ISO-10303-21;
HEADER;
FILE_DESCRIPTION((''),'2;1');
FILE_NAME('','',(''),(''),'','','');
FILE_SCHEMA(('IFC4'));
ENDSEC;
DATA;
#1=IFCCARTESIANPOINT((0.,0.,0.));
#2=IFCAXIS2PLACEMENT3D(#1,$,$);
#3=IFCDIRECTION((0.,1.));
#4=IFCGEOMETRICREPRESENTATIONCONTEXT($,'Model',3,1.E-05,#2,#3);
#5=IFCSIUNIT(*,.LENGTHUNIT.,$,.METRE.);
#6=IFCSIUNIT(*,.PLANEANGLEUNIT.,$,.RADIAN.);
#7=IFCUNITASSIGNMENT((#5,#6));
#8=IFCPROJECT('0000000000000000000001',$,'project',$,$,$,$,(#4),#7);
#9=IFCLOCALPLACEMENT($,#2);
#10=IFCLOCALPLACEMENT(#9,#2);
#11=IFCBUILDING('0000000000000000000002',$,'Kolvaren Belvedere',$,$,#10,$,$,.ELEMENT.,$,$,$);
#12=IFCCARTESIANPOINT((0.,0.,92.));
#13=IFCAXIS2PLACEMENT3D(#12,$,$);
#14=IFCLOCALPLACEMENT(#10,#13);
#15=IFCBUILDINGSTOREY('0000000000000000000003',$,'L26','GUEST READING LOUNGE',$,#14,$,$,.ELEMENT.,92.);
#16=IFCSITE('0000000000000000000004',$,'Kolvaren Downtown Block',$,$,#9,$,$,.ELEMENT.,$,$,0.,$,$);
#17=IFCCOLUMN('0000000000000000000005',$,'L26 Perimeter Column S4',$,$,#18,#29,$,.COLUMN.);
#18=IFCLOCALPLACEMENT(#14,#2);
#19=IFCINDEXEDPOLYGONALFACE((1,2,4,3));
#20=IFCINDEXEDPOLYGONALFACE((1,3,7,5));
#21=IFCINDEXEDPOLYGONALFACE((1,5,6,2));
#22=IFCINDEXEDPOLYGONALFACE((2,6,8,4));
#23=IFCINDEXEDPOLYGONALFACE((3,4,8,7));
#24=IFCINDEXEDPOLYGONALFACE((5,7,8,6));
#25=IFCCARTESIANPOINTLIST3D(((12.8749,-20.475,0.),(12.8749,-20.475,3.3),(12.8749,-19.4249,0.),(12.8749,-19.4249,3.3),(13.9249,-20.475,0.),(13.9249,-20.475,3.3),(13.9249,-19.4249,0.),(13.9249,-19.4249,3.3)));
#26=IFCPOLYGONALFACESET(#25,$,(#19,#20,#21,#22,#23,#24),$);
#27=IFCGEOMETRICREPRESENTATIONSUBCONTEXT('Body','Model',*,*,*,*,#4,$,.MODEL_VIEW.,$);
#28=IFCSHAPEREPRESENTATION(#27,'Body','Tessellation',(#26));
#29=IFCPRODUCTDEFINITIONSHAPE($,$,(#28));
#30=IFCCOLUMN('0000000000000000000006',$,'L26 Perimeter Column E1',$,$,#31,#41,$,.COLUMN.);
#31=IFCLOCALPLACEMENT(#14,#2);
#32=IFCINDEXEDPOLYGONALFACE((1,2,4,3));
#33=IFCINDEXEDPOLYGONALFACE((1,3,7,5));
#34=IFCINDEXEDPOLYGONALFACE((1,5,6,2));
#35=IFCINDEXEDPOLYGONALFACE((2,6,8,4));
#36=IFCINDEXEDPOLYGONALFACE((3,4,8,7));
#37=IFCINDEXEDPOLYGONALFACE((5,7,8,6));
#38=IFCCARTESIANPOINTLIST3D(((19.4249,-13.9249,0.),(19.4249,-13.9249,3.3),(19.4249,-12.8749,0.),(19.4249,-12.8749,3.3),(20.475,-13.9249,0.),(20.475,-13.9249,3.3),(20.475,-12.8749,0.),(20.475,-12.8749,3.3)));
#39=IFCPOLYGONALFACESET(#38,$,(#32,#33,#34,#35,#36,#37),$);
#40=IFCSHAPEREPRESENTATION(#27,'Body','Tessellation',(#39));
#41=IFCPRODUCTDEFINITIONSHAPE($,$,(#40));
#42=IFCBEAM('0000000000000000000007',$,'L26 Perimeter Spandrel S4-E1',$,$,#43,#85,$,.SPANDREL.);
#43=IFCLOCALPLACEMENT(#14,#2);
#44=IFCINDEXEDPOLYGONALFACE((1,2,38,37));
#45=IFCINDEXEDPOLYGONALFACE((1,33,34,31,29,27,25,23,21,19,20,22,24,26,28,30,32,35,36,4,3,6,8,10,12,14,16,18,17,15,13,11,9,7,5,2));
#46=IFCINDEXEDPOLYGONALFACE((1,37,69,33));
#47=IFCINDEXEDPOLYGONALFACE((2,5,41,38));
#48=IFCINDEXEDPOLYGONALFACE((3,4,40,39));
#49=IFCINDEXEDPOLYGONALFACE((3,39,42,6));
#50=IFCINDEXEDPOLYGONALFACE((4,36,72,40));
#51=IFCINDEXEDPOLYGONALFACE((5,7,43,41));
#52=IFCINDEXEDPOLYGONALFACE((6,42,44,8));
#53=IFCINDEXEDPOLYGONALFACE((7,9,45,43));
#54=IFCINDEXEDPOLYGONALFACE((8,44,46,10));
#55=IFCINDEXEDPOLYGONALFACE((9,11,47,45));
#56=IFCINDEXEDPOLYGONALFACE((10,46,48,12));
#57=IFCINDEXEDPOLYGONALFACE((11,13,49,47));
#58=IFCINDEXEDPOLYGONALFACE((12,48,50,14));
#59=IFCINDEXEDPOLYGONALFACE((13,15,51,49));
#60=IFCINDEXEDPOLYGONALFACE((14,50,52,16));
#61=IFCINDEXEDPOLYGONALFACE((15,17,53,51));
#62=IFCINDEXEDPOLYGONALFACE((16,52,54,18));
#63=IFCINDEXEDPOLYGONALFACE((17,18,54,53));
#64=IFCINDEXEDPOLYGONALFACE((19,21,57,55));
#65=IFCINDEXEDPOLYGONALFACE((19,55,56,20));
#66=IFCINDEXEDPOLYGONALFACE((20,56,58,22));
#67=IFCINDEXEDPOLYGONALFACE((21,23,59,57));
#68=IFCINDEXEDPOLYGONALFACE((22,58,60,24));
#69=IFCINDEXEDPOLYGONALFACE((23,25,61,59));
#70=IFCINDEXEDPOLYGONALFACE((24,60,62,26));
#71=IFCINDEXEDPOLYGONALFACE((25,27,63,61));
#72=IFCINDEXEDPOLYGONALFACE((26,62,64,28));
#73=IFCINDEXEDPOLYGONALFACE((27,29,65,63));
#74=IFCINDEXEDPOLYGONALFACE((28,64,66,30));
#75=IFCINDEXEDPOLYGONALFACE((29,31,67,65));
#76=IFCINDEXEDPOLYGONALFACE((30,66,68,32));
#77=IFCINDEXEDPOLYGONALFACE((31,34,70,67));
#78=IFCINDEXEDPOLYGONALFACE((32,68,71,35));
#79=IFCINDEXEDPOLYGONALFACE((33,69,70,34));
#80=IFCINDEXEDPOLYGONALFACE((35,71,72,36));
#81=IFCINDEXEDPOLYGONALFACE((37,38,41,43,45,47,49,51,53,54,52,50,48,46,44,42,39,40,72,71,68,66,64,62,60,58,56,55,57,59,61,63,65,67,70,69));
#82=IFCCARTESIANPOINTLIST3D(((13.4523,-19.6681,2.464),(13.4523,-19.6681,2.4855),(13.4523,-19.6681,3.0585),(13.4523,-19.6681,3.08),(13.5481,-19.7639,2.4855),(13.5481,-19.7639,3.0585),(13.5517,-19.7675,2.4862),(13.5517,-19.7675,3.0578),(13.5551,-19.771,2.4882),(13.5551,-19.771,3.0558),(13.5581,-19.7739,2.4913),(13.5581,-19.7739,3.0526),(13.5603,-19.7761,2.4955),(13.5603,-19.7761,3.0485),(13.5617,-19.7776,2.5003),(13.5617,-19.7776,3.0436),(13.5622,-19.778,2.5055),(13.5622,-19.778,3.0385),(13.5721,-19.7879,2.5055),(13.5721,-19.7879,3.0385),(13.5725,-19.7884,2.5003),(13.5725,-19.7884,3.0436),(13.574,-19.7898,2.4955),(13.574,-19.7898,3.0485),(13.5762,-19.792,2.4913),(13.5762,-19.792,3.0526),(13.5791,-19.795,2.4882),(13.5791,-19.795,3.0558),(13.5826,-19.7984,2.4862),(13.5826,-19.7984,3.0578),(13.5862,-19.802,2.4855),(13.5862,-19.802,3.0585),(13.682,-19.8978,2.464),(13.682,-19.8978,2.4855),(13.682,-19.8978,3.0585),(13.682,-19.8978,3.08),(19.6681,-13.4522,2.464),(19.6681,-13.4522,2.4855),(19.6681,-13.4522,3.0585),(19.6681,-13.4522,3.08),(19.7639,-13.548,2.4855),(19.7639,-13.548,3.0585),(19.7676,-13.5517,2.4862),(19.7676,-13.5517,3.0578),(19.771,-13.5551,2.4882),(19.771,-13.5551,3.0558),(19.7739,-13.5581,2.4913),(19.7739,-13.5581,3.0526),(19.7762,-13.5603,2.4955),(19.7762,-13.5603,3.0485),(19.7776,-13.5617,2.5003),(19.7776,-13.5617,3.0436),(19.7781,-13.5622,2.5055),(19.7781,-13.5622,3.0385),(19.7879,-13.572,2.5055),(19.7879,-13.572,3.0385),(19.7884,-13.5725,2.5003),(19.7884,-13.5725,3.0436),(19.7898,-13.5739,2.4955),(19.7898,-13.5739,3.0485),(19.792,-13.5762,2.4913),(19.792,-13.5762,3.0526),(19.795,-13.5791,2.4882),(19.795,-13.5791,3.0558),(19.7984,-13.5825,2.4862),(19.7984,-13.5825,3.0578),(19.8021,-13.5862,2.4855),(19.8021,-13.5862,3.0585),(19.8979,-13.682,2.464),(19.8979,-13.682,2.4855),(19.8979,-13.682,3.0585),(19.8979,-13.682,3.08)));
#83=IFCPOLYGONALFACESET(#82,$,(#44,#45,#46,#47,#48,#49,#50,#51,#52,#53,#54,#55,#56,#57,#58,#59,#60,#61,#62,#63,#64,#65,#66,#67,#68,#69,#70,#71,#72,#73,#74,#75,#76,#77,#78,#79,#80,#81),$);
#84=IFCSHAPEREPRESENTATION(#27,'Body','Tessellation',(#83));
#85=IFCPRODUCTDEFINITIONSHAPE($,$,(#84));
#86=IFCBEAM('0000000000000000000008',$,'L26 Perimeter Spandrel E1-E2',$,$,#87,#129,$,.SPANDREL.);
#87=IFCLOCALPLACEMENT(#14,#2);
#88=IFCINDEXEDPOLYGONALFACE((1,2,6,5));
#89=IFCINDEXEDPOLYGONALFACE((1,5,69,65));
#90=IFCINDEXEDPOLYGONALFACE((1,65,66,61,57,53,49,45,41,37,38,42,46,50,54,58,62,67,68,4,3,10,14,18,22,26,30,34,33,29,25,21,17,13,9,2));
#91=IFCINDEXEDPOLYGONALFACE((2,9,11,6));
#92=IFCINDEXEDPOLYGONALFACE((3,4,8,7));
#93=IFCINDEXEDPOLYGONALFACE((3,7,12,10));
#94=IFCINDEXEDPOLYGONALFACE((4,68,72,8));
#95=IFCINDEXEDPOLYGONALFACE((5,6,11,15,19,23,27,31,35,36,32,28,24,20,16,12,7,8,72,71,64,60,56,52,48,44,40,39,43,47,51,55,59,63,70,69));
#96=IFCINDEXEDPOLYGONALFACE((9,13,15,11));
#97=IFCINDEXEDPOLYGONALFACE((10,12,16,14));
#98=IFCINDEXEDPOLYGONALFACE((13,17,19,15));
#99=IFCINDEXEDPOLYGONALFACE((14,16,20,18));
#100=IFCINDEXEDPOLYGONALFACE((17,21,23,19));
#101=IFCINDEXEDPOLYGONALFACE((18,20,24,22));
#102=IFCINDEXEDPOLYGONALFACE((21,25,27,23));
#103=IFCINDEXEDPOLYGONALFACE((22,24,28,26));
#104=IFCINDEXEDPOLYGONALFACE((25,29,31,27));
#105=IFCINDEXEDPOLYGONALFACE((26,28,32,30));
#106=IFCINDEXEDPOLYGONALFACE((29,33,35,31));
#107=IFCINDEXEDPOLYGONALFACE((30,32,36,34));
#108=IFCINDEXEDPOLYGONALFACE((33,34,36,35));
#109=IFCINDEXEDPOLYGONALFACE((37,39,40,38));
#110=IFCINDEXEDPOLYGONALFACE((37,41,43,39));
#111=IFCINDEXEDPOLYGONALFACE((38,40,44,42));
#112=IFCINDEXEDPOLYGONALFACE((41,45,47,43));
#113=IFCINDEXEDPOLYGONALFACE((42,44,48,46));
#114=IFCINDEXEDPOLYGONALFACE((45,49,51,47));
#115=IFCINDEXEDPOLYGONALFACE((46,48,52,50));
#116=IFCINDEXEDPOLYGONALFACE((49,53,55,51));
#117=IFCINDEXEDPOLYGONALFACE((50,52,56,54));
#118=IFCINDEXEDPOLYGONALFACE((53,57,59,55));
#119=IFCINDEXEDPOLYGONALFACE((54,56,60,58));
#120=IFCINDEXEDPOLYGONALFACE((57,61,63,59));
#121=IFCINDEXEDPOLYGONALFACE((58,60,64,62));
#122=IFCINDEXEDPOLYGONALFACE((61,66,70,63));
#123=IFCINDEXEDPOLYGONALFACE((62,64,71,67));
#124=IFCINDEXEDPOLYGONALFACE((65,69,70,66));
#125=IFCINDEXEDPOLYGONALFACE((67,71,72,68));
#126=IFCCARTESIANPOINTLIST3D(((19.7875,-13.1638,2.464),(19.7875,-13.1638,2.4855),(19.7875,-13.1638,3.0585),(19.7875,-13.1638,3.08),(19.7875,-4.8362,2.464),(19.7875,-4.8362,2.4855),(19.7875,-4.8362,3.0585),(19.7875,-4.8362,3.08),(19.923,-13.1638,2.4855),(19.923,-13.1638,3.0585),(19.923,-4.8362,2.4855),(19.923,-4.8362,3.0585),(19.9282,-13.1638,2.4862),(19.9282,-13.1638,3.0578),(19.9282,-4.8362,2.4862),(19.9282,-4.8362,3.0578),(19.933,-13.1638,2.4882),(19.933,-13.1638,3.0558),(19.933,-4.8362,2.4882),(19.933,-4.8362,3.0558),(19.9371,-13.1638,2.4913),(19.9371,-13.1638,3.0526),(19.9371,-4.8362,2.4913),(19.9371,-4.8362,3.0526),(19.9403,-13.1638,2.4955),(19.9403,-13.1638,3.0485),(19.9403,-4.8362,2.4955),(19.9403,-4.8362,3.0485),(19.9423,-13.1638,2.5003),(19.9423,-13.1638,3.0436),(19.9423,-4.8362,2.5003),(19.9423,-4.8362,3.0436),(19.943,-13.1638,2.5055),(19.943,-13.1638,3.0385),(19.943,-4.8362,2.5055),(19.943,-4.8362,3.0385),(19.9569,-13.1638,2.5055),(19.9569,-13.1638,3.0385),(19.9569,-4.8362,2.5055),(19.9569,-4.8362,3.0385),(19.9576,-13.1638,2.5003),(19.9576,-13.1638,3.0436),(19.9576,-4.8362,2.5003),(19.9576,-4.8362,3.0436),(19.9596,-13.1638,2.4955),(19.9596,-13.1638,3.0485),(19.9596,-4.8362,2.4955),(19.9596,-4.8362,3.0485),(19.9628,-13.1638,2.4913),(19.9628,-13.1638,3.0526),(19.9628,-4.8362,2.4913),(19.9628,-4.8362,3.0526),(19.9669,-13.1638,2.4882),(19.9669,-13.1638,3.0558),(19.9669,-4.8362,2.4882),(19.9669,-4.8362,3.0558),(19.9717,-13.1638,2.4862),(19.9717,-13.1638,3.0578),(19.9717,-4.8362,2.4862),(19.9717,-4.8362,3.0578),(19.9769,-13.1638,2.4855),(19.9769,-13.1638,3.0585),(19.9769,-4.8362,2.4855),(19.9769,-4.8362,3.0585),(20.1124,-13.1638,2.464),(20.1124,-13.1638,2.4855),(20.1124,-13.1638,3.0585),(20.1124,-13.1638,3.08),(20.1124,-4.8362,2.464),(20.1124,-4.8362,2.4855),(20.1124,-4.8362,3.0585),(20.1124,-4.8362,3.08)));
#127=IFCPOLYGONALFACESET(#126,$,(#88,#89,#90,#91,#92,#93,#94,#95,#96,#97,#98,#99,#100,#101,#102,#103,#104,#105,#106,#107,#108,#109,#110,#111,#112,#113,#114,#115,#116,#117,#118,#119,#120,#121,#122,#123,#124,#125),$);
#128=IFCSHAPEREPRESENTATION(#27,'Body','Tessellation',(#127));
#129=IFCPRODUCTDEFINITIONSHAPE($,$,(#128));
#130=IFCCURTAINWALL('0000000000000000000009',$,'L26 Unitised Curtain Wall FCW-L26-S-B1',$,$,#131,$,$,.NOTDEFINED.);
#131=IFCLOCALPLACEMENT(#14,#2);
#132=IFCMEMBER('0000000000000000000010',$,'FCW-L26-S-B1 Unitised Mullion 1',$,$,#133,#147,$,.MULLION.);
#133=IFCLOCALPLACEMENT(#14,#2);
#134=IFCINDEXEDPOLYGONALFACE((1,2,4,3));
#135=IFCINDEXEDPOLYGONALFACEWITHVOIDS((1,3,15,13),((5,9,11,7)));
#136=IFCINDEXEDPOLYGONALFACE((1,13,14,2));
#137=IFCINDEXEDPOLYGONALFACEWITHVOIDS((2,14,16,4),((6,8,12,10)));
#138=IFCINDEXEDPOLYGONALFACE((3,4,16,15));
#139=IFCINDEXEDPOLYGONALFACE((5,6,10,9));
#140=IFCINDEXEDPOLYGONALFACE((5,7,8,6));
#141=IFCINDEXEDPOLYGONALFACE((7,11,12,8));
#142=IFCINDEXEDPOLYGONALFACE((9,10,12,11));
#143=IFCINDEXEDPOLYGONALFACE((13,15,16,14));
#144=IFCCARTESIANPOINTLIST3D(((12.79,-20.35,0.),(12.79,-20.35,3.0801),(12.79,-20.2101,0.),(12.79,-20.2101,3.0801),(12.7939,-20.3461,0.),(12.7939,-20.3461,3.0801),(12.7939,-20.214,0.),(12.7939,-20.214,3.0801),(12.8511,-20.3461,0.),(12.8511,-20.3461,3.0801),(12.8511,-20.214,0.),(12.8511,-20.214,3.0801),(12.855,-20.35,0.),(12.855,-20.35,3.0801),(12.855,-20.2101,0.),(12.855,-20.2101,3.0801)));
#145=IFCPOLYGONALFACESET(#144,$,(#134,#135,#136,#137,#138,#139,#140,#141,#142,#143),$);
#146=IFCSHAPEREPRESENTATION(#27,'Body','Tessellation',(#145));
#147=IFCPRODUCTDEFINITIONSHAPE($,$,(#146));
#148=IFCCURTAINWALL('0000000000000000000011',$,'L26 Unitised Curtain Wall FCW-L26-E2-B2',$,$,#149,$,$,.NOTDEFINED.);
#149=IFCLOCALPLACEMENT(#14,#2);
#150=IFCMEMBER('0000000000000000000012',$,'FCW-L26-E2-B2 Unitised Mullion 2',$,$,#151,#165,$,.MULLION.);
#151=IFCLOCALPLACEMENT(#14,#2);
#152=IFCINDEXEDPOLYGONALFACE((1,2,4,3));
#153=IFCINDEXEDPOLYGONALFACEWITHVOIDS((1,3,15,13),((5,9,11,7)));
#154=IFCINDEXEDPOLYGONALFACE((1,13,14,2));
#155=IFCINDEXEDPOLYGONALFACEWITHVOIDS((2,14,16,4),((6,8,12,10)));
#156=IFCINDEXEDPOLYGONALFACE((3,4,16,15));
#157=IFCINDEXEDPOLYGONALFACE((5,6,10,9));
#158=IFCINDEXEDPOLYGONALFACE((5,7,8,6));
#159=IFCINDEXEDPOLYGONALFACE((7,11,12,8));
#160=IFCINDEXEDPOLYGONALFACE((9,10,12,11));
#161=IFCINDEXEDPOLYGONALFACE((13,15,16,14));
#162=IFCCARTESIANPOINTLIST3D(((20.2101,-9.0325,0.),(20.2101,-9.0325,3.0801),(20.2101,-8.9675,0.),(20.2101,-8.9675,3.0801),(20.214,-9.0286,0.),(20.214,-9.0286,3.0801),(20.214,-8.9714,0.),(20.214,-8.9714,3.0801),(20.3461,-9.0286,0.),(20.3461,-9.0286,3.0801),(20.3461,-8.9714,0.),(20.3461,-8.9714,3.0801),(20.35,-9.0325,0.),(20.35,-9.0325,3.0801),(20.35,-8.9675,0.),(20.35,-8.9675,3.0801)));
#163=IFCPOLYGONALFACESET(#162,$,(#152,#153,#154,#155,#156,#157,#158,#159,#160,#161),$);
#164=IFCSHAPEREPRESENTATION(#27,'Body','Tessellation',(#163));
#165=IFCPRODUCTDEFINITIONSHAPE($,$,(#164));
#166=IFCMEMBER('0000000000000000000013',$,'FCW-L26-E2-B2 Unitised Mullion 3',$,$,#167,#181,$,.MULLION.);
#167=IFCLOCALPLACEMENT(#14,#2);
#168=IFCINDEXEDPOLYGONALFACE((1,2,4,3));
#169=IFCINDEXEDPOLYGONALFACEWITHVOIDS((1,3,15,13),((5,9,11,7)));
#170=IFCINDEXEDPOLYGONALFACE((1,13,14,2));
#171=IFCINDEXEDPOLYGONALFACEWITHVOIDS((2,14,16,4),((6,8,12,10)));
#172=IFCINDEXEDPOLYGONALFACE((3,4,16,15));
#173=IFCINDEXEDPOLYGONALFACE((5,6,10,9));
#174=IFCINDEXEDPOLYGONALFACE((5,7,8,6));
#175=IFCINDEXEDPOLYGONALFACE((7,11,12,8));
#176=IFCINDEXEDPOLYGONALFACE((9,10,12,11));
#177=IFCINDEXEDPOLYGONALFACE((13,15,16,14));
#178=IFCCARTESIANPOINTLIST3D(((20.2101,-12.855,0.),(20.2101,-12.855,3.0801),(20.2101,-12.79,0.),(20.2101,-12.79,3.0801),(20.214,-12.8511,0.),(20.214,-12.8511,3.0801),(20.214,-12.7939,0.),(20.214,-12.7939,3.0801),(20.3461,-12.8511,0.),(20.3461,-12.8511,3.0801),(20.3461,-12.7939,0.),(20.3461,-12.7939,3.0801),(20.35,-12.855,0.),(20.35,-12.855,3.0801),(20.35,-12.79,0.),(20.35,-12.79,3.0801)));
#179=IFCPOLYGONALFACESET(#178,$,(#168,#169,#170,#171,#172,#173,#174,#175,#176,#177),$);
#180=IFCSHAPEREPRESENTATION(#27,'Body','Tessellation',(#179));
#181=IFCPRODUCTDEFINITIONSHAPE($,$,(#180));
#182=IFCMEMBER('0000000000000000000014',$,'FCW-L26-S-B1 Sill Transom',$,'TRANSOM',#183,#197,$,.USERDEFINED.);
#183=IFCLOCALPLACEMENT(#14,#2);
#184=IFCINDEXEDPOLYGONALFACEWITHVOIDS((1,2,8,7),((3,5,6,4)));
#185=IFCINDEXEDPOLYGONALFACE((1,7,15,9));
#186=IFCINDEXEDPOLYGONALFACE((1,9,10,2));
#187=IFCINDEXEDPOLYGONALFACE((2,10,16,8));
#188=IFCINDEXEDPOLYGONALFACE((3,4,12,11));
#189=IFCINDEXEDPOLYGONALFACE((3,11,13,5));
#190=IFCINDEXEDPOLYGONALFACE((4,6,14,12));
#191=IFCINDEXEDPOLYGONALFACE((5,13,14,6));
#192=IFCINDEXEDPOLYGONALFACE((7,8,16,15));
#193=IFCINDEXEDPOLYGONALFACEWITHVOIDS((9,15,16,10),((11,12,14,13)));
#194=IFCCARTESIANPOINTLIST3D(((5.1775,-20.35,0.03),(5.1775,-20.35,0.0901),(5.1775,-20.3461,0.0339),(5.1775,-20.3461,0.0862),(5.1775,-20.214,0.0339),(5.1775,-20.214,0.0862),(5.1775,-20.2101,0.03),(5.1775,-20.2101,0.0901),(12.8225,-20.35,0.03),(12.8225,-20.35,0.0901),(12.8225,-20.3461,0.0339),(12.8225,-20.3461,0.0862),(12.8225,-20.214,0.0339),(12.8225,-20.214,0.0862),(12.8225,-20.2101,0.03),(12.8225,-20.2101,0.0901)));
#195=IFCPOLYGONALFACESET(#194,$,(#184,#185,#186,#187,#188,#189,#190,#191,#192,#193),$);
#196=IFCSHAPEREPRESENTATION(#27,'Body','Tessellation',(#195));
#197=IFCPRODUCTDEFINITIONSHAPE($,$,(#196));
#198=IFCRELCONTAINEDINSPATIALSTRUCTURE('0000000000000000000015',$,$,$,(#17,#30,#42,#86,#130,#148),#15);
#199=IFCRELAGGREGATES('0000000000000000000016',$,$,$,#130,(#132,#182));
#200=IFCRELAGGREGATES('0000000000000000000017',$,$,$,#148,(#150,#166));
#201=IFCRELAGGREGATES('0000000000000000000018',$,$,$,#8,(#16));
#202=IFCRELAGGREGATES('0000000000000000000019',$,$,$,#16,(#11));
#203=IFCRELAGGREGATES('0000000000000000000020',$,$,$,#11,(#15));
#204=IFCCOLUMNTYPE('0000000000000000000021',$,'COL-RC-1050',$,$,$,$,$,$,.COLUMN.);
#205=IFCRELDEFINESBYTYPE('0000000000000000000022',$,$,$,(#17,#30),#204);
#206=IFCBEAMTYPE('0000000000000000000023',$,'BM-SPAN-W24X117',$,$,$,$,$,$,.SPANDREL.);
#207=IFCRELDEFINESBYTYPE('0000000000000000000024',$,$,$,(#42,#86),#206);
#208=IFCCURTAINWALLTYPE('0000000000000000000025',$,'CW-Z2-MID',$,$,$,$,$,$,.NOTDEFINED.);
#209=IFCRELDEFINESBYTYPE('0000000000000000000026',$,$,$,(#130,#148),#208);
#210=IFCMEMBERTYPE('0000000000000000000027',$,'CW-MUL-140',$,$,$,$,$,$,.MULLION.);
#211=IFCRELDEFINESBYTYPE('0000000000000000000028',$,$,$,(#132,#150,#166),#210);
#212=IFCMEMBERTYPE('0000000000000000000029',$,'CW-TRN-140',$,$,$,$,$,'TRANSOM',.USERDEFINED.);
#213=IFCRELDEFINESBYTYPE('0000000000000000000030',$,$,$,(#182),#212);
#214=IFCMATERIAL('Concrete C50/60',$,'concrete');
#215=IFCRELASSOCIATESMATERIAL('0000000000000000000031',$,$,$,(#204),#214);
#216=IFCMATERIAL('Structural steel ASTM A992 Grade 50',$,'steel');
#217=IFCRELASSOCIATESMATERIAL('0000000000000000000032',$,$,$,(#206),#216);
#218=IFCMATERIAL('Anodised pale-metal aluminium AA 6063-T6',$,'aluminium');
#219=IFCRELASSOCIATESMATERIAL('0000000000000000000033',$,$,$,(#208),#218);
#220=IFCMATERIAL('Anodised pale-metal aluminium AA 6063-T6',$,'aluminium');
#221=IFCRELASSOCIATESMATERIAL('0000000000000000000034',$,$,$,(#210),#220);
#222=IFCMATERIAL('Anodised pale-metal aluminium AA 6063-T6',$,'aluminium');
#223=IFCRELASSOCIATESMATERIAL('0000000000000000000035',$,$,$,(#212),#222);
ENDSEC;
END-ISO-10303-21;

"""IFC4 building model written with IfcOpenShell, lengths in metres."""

from ifc_helpers import new_model, si_unit, direction, frame, origin, origin_2d, place, context, subcontext, project, spatial, rectangle, hollow_rectangle, i_section, extrude, material, material_profile, profile_set, type_object, element, aggregate, save


model = new_model("IFC4")

# Units and contexts
model_context = context("Model", 3, precision=1e-05, world=origin(), true_north=direction((0.0, 1.0)))
body_context = subcontext(model_context, "Body", "Model", "MODEL_VIEW")
ifc_project = project(units=[si_unit("LENGTHUNIT", "METRE"), si_unit("PLANEANGLEUNIT", "RADIAN")], contexts=[model_context])

# Site, building, storey
site_placement = place(None, origin())
site = spatial("IfcSite", under=ifc_project, at=site_placement, Name="Kolvaren Downtown Block", CompositionType="ELEMENT", RefElevation=0.0)
building_placement = place(site_placement, origin())
building = spatial("IfcBuilding", under=site, at=building_placement, Name="Kolvaren Belvedere", CompositionType="ELEMENT")
storey_placement = place(building_placement, frame((0.0, 0.0, 92.0)))
storey = spatial("IfcBuildingStorey", under=building, at=storey_placement, Name="L26", Description="GUEST READING LOUNGE", CompositionType="ELEMENT", Elevation=92.0)

# Columns
ifc_material_1 = material(Name="Concrete C50/60", Category="concrete")
ifc_material_profile_1 = material_profile(ifc_material_1, rectangle(XDim=1.05, YDim=1.05, at=origin_2d()), Name="RC 1050X1050")
ifc_profile_set_1 = profile_set([ifc_material_profile_1], Name="Concrete C50/60")
column_type = type_object("IfcColumnType", Name="COL-RC-1050", PredefinedType="COLUMN", material=ifc_profile_set_1)
for number, where, z_axis, x_axis, name in (
    (1, (13.3999, -19.95, 0.0), (0.0, 0.0, 1.0), (1.0, 0.0, 0.0), "L26 Perimeter Column S4"),
    (2, (19.95, -13.3999, 0.0), (0.0, 0.0, 1.0), (1.0, 0.0, 0.0), "L26 Perimeter Column E1"),
):
    element("IfcColumn", number, at=place(storey_placement, frame(where, z_axis=z_axis, x_axis=x_axis)), inside=storey, type_object=column_type, Name=name, PredefinedType="COLUMN", context=body_context, shape_type="SweptSolid", body=[
        extrude(rectangle(XDim=1.05, YDim=1.05, at=origin_2d()), origin(), (0.0, 0.0, 1.0), 3.3),
    ])

# Beams
ifc_material_2 = material(Name="Structural steel ASTM A992 Grade 50", Category="steel")
ifc_material_profile_2 = material_profile(ifc_material_2, i_section(OverallWidth=0.325, OverallDepth=0.616, WebThickness=0.0139, FlangeThickness=0.0215, FilletRadius=0.02, at=origin_2d()), Name="W24X117")
ifc_profile_set_2 = profile_set([ifc_material_profile_2], Name="Structural steel ASTM A992 Grade 50")
beam_type = type_object("IfcBeamType", Name="BM-SPAN-W24X117", PredefinedType="SPANDREL", material=ifc_profile_set_2)
beam_1_placement = place(storey_placement, frame((13.5671, -19.783, 2.772), z_axis=(0.707107, 0.707107, 0.0), x_axis=(-0.707107, 0.707107, 0.0)))
element("IfcBeam", 3, at=beam_1_placement, inside=storey, type_object=beam_type, Name="L26 Perimeter Spandrel S4-E1", PredefinedType="SPANDREL", context=body_context, shape_type="SweptSolid", body=[
    extrude(i_section(OverallWidth=0.325, OverallDepth=0.616, WebThickness=0.0139, FlangeThickness=0.0215, FilletRadius=0.02, at=origin_2d()), origin(), (0.0, 0.0, 1.0), 8.7905),
])
beam_2_placement = place(storey_placement, frame((19.95, -13.1638, 2.772), z_axis=(0.0, 1.0, 0.0), x_axis=(-1.0, 0.0, 0.0)))
element("IfcBeam", 4, at=beam_2_placement, inside=storey, type_object=beam_type, Name="L26 Perimeter Spandrel E1-E2", PredefinedType="SPANDREL", context=body_context, shape_type="SweptSolid", body=[
    extrude(i_section(OverallWidth=0.325, OverallDepth=0.616, WebThickness=0.0139, FlangeThickness=0.0215, FilletRadius=0.02, at=origin_2d()), origin(), (0.0, 0.0, 1.0), 8.3276),
])

# Curtain wall, member
ifc_material_3 = material(Name="Anodised pale-metal aluminium AA 6063-T6", Category="aluminium")
curtain_wall_type = type_object("IfcCurtainWallType", Name="CW-Z2-MID", PredefinedType="NOTDEFINED", material=ifc_material_3)
curtain_wall_1_placement = place(storey_placement, origin())
curtain_wall_1 = element("IfcCurtainWall", 5, at=curtain_wall_1_placement, inside=storey, type_object=curtain_wall_type, Name="L26 Unitised Curtain Wall FCW-L26-S-B1", PredefinedType="NOTDEFINED")
ifc_material_4 = material(Name="Anodised pale-metal aluminium AA 6063-T6", Category="aluminium")
ifc_material_profile_3 = material_profile(ifc_material_4, hollow_rectangle(XDim=0.0649, YDim=0.1399, WallThickness=0.0039, at=origin_2d()), Name="ALU-MUL-140X65")
ifc_profile_set_3 = profile_set([ifc_material_profile_3], Name="Anodised pale-metal aluminium AA 6063-T6")
member_type_1 = type_object("IfcMemberType", Name="CW-MUL-140", PredefinedType="MULLION", material=ifc_profile_set_3)
member_1_placement = place(storey_placement, frame((12.8225, -20.28, 0.0), z_axis=(0.0, 0.0, 1.0), x_axis=(1.0, 0.0, 0.0)))
member_1 = element("IfcMember", 6, at=member_1_placement, type_object=member_type_1, Name="FCW-L26-S-B1 Unitised Mullion 1", PredefinedType="MULLION", context=body_context, shape_type="SweptSolid", body=[
    extrude(hollow_rectangle(XDim=0.0649, YDim=0.1399, WallThickness=0.0039, at=origin_2d()), origin(), (0.0, 0.0, 1.0), 3.0801),
])

# Curtain wall, members
curtain_wall_2_placement = place(storey_placement, origin())
curtain_wall_2 = element("IfcCurtainWall", 7, at=curtain_wall_2_placement, inside=storey, type_object=curtain_wall_type, Name="L26 Unitised Curtain Wall FCW-L26-E2-B2", PredefinedType="NOTDEFINED")
member_2_placement = place(storey_placement, frame((20.28, -9.0, 0.0), z_axis=(0.0, 0.0, 1.0), x_axis=(0.0, 1.0, 0.0)))
member_2 = element("IfcMember", 8, at=member_2_placement, type_object=member_type_1, Name="FCW-L26-E2-B2 Unitised Mullion 2", PredefinedType="MULLION", context=body_context, shape_type="SweptSolid", body=[
    extrude(hollow_rectangle(XDim=0.0649, YDim=0.1399, WallThickness=0.0039, at=origin_2d()), origin(), (0.0, 0.0, 1.0), 3.0801),
])
member_3_placement = place(storey_placement, frame((20.28, -12.8225, 0.0), z_axis=(0.0, 0.0, 1.0), x_axis=(0.0, 1.0, 0.0)))
member_3 = element("IfcMember", 9, at=member_3_placement, type_object=member_type_1, Name="FCW-L26-E2-B2 Unitised Mullion 3", PredefinedType="MULLION", context=body_context, shape_type="SweptSolid", body=[
    extrude(hollow_rectangle(XDim=0.0649, YDim=0.1399, WallThickness=0.0039, at=origin_2d()), origin(), (0.0, 0.0, 1.0), 3.0801),
])

# Member
ifc_material_5 = material(Name="Anodised pale-metal aluminium AA 6063-T6", Category="aluminium")
ifc_material_profile_4 = material_profile(ifc_material_5, hollow_rectangle(XDim=0.0601, YDim=0.1399, WallThickness=0.0039, at=origin_2d()), Name="ALU-TRN-140X60")
ifc_profile_set_4 = profile_set([ifc_material_profile_4], Name="Anodised pale-metal aluminium AA 6063-T6")
member_type_2 = type_object("IfcMemberType", Name="CW-TRN-140", ElementType="TRANSOM", PredefinedType="USERDEFINED", material=ifc_profile_set_4)
member_4_placement = place(storey_placement, frame((12.8225, -20.28, 0.0601), z_axis=(-1.0, 0.0, 0.0), x_axis=(0.0, 0.0, 1.0)))
member_4 = element("IfcMember", 10, at=member_4_placement, type_object=member_type_2, Name="FCW-L26-S-B1 Sill Transom", ObjectType="TRANSOM", PredefinedType="USERDEFINED", context=body_context, shape_type="SweptSolid", body=[
    extrude(hollow_rectangle(XDim=0.0601, YDim=0.1399, WallThickness=0.0039, at=origin_2d()), origin(), (0.0, 0.0, 1.0), 7.645),
])
aggregate(curtain_wall_1, [member_1, member_4])

aggregate(curtain_wall_2, [member_2, member_3])

save(model, "model.ifc")
